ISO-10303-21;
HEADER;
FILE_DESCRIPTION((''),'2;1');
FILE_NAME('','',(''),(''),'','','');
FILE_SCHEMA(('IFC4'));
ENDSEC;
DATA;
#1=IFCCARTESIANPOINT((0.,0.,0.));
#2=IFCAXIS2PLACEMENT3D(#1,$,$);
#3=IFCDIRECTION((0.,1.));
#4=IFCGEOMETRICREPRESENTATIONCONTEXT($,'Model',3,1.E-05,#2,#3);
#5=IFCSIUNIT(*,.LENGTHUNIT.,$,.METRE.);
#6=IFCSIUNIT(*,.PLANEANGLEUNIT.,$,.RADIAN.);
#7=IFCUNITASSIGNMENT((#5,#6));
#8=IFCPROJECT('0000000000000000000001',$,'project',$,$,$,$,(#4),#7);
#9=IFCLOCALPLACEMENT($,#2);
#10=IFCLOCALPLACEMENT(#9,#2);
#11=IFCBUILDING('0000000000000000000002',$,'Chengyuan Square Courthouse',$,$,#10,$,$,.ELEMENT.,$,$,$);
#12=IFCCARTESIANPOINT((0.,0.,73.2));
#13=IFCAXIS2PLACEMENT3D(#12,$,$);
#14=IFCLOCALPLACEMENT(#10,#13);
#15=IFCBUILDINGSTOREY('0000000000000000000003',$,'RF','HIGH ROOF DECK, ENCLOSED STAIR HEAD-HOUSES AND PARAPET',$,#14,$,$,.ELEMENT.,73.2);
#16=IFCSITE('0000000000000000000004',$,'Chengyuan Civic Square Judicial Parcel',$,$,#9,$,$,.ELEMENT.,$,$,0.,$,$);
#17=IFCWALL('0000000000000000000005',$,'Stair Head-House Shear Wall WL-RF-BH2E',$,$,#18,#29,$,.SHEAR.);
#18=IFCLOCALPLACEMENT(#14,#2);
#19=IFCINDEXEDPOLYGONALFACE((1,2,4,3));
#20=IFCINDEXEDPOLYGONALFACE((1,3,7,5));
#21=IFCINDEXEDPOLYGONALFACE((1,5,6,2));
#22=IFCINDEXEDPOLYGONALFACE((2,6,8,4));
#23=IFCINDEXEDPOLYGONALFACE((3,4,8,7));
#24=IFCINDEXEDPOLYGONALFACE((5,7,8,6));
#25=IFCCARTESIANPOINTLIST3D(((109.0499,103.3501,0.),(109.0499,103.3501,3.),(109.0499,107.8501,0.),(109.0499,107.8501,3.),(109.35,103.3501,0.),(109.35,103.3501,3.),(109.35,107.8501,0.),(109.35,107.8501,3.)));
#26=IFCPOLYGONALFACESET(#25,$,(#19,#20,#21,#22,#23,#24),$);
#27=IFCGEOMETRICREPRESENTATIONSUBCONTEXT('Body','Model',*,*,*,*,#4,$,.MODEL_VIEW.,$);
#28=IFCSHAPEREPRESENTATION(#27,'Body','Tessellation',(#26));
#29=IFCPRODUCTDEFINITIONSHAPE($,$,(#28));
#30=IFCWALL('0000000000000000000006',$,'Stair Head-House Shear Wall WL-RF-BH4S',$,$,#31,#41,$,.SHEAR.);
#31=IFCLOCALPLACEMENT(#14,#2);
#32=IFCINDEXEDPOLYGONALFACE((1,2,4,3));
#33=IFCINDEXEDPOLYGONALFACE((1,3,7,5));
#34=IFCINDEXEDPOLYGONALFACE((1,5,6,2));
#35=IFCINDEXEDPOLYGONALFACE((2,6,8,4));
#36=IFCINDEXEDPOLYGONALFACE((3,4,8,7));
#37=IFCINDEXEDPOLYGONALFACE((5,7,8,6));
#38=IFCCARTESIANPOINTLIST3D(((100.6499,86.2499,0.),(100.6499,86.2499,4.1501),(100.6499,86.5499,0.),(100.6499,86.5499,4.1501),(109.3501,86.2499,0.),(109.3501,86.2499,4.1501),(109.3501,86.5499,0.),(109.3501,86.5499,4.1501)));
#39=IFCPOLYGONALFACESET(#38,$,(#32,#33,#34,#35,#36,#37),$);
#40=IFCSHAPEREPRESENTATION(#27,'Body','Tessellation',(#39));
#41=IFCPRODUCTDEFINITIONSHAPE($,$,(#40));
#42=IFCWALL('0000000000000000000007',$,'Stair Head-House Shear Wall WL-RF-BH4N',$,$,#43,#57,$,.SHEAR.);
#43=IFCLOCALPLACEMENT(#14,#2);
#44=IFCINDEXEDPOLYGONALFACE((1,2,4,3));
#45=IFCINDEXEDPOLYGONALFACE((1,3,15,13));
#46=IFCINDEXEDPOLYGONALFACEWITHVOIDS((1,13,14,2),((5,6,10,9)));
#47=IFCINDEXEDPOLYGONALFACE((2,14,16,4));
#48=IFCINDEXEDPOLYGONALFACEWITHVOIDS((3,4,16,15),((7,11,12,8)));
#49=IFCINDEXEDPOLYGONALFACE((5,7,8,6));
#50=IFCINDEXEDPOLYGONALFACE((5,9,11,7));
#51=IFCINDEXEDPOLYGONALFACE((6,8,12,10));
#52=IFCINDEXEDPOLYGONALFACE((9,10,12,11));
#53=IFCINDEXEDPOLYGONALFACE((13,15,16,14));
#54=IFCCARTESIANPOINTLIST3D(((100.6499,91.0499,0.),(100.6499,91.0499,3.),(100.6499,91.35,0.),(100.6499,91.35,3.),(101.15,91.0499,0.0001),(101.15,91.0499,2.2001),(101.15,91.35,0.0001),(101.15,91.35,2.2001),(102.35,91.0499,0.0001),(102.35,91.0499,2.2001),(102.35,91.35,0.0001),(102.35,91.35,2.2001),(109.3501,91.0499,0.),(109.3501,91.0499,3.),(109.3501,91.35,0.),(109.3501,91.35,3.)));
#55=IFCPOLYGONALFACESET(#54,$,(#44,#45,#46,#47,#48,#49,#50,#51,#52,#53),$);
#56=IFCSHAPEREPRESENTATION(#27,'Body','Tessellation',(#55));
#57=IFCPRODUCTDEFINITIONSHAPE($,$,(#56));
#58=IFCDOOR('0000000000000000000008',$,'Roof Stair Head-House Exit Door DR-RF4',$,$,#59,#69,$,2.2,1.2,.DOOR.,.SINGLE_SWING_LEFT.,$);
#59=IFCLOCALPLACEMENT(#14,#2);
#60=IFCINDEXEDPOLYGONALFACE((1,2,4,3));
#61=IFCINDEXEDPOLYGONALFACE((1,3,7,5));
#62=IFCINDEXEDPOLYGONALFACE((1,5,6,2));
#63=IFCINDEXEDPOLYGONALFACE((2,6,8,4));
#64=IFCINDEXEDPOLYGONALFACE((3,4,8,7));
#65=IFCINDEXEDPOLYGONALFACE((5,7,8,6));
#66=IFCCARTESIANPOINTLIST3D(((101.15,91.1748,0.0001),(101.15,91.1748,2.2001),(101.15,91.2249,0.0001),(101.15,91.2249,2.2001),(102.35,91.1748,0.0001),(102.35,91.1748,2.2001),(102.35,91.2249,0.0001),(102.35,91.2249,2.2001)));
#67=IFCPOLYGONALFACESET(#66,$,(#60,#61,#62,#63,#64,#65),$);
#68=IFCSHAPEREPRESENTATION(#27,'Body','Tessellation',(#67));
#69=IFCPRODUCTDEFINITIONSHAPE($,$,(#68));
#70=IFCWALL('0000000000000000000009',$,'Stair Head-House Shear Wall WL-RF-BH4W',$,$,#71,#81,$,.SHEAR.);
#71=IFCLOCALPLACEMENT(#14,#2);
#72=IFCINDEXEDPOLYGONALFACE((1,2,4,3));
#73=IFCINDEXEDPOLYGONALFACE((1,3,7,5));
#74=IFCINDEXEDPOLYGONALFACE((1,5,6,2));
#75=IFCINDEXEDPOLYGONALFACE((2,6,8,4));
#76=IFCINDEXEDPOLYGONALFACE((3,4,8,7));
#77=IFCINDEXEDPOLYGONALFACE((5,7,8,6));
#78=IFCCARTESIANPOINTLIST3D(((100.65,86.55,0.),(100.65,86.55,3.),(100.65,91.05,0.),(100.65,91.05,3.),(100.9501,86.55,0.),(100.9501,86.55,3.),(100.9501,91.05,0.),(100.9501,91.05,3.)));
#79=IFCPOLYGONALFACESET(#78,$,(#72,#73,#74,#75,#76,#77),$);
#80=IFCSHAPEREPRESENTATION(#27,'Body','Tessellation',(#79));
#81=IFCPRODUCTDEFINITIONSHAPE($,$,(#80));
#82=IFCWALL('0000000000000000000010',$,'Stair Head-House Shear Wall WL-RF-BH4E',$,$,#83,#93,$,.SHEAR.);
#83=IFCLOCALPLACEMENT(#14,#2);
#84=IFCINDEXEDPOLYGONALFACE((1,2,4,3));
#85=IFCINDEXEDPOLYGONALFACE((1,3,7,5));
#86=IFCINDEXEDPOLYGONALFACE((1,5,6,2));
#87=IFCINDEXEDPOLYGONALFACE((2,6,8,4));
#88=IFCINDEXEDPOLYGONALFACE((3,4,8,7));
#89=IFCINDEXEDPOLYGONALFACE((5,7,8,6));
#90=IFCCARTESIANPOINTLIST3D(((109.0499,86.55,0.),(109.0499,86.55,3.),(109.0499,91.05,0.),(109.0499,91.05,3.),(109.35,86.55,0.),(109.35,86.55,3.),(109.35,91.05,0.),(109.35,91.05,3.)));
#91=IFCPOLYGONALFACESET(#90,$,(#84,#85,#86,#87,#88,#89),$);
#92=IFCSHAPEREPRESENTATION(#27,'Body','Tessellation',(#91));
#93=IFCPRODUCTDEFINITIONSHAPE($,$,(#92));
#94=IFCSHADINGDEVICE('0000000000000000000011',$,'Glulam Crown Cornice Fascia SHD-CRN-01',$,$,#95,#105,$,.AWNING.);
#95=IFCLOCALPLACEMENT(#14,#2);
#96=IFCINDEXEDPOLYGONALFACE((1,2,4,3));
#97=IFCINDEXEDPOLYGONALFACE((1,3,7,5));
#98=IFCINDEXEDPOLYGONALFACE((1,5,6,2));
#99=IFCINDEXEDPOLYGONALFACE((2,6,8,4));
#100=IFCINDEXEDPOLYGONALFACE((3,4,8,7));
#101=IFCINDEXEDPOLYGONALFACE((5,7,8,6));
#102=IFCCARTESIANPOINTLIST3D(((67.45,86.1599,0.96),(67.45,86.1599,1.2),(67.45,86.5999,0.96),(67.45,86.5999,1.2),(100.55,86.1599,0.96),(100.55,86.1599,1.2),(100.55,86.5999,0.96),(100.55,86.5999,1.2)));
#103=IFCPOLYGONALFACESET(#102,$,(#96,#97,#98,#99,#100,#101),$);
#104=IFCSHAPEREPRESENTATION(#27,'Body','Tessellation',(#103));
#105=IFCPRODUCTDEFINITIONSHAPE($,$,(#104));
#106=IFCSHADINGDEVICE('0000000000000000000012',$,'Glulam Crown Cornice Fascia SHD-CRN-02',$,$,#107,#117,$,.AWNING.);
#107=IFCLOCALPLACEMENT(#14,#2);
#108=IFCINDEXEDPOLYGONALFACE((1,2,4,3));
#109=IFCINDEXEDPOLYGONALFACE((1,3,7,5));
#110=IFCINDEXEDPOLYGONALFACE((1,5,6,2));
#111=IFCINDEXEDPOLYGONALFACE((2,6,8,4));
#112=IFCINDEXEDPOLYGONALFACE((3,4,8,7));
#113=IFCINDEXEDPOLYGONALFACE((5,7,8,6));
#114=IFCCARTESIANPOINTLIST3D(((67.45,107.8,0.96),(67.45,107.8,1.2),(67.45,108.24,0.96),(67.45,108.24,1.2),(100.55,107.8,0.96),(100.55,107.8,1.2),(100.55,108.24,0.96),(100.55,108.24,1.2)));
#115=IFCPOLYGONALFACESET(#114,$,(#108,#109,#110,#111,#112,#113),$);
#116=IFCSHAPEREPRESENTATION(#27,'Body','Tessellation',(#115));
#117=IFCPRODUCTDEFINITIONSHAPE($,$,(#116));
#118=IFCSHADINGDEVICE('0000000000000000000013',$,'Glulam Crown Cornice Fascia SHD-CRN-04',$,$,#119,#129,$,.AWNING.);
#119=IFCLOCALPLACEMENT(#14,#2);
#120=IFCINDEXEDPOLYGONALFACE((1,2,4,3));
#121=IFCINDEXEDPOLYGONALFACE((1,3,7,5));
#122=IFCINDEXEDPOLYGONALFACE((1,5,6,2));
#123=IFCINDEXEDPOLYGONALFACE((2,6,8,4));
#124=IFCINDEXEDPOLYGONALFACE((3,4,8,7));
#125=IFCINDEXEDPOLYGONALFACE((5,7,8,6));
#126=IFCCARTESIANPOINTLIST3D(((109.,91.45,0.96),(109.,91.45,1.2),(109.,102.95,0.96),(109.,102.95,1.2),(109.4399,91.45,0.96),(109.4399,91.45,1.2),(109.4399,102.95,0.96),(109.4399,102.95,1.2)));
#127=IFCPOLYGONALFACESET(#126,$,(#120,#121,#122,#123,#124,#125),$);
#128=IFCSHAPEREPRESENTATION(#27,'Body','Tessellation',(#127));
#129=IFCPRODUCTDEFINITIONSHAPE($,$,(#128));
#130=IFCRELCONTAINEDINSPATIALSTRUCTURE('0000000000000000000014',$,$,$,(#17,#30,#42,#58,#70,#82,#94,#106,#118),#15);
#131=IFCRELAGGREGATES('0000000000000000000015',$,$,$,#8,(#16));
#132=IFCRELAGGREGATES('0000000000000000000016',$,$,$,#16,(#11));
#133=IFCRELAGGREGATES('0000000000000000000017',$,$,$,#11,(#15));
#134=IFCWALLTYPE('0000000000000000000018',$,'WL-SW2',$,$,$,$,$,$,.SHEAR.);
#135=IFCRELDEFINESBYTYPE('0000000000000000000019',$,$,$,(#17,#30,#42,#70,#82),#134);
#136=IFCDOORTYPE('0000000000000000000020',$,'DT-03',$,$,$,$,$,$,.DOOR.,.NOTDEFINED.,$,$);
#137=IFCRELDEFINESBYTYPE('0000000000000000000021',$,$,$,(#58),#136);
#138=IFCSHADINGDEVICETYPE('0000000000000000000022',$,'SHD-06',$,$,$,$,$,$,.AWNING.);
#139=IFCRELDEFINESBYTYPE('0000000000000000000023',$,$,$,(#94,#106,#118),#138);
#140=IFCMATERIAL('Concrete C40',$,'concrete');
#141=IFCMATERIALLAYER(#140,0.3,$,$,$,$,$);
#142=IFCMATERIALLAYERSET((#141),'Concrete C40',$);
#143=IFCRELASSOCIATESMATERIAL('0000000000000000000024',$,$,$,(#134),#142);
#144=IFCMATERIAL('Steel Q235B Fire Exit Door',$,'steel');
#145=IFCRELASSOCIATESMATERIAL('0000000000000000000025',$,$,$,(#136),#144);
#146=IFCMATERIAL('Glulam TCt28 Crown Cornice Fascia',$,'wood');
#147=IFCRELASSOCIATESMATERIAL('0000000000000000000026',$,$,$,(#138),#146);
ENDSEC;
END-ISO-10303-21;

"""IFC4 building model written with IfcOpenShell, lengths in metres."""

from ifc_helpers import new_model, si_unit, direction, frame, frame_2d, origin, origin_2d, place, context, subcontext, project, spatial, rectangle, extrude, material, layer, layer_set, type_object, element, fill, save


model = new_model("IFC4")

# Units and contexts
model_context = context("Model", 3, precision=1e-05, world=origin(), true_north=direction((0.0, 1.0)))
body_context = subcontext(model_context, "Body", "Model", "MODEL_VIEW")
ifc_project = project(units=[si_unit("LENGTHUNIT", "METRE"), si_unit("PLANEANGLEUNIT", "RADIAN")], contexts=[model_context])

# Site, building, storey
site_placement = place(None, origin())
site = spatial("IfcSite", under=ifc_project, at=site_placement, Name="Chengyuan Civic Square Judicial Parcel", CompositionType="ELEMENT", RefElevation=0.0)
building_placement = place(site_placement, origin())
building = spatial("IfcBuilding", under=site, at=building_placement, Name="Chengyuan Square Courthouse", CompositionType="ELEMENT")
storey_placement = place(building_placement, frame((0.0, 0.0, 73.2)))
storey = spatial("IfcBuildingStorey", under=building, at=storey_placement, Name="RF", Description="HIGH ROOF DECK, ENCLOSED STAIR HEAD-HOUSES AND PARAPET", CompositionType="ELEMENT", Elevation=73.2)

# Shared definitions
ifc_material_1 = material(Name="Concrete C40", Category="concrete")

# Shared definitions
ifc_layer_1 = layer(ifc_material_1, 0.3)
ifc_layer_set_1 = layer_set([ifc_layer_1], Name="Concrete C40")
wall_type_1 = type_object("IfcWallType", Name="WL-SW2", PredefinedType="SHEAR", material=ifc_layer_set_1)
ifc_material_2 = material(Name="Steel Q235B Fire Exit Door", Category="steel")
door_type_1 = type_object("IfcDoorType", Name="DT-03", OperationType="NOTDEFINED", PredefinedType="DOOR", material=ifc_material_2)

# Walls
for number, where, z_axis, x_axis, name in (
    (1, (109.2, 103.3501, 0.0), (0.0, 0.0, 1.0), (0.0, 1.0, 0.0), "Stair Head-House Shear Wall WL-RF-BH2E"),
):
    element("IfcWall", number, at=place(storey_placement, frame(where, z_axis=z_axis, x_axis=x_axis)), inside=storey, type_object=wall_type_1, Name=name, PredefinedType="SHEAR", context=body_context, shape_type="SweptSolid", body=[
        extrude(rectangle(XDim=4.5, YDim=0.3, at=frame_2d((2.25, 0.0))), origin(), (0.0, 0.0, 1.0), 3.0),
    ])
wall_1_placement = place(storey_placement, frame((100.6499, 86.3999, 0.0), z_axis=(0.0, 0.0, 1.0), x_axis=(1.0, 0.0, 0.0)))
element("IfcWall", 2, at=wall_1_placement, inside=storey, type_object=wall_type_1, Name="Stair Head-House Shear Wall WL-RF-BH4S", PredefinedType="SHEAR", context=body_context, shape_type="SweptSolid", body=[
    extrude(rectangle(XDim=8.7002, YDim=0.3, at=frame_2d((4.3501, 0.0))), origin(), (0.0, 0.0, 1.0), 4.1501),
])

# Wall, opening, door
wall_2_placement = place(storey_placement, frame((100.6499, 91.2, 0.0), z_axis=(0.0, 0.0, 1.0), x_axis=(1.0, 0.0, 0.0)))
wall_2 = element("IfcWall", 3, at=wall_2_placement, inside=storey, type_object=wall_type_1, Name="Stair Head-House Shear Wall WL-RF-BH4N", PredefinedType="SHEAR", context=body_context, shape_type="SweptSolid", body=[
    extrude(rectangle(XDim=8.7002, YDim=0.3, at=frame_2d((4.3501, 0.0))), origin(), (0.0, 0.0, 1.0), 3.0),
])
opening_1_placement = place(wall_2_placement, frame((0.5, 0.0, 0.0)))
opening_1 = element("IfcOpeningElement", 4, at=opening_1_placement, cuts=wall_2, PredefinedType="OPENING", context=body_context, shape_type="SweptSolid", body=[
    extrude(rectangle(XDim=1.2, YDim=2.2, at=frame_2d((0.6001, 1.1001))), frame((0.0, 0.1621, 0.0), z_axis=(0.0, -1.0, 0.0), x_axis=(1.0, 0.0, 0.0)), (0.0, 0.0, 1.0), 0.324),
])
door_1_placement = place(opening_1_placement, origin())
door_1 = element("IfcDoor", 5, at=door_1_placement, inside=storey, type_object=door_type_1, Name="Roof Stair Head-House Exit Door DR-RF4", OperationType="SINGLE_SWING_LEFT", OverallHeight=2.2, OverallWidth=1.2, PredefinedType="DOOR", context=body_context, shape_type="SweptSolid", body=[
    extrude(rectangle(XDim=1.2, YDim=2.2, at=frame_2d((0.6001, 1.1001))), frame((0.0, 0.0249, 0.0), z_axis=(0.0, -1.0, 0.0), x_axis=(1.0, 0.0, 0.0)), (0.0, 0.0, 1.0), 0.05),
])
fill(opening_1, door_1)

# Walls
for number, where, z_axis, x_axis, name in (
    (6, (100.8, 86.55, 0.0), (0.0, 0.0, 1.0), (0.0, 1.0, 0.0), "Stair Head-House Shear Wall WL-RF-BH4W"),
    (7, (109.2, 86.55, 0.0), (0.0, 0.0, 1.0), (0.0, 1.0, 0.0), "Stair Head-House Shear Wall WL-RF-BH4E"),
):
    element("IfcWall", number, at=place(storey_placement, frame(where, z_axis=z_axis, x_axis=x_axis)), inside=storey, type_object=wall_type_1, Name=name, PredefinedType="SHEAR", context=body_context, shape_type="SweptSolid", body=[
        extrude(rectangle(XDim=4.5, YDim=0.3, at=frame_2d((2.25, 0.0))), origin(), (0.0, 0.0, 1.0), 3.0),
    ])

# Shading devices
ifc_material_3 = material(Name="Glulam TCt28 Crown Cornice Fascia", Category="wood")
shading_device_type = type_object("IfcShadingDeviceType", Name="SHD-06", PredefinedType="AWNING", material=ifc_material_3)
for number, where, z_axis, x_axis, name in (
    (8, (84.0, 86.3799, 0.96), (0.0, 0.0, 1.0), (1.0, 0.0, 0.0), "Glulam Crown Cornice Fascia SHD-CRN-01"),
    (9, (84.0, 108.02, 0.96), (0.0, 0.0, 1.0), (1.0, 0.0, 0.0), "Glulam Crown Cornice Fascia SHD-CRN-02"),
):
    element("IfcShadingDevice", number, at=place(storey_placement, frame(where, z_axis=z_axis, x_axis=x_axis)), inside=storey, type_object=shading_device_type, Name=name, PredefinedType="AWNING", context=body_context, shape_type="SweptSolid", body=[
        extrude(rectangle(XDim=33.1001, YDim=0.4399, at=origin_2d()), origin(), (0.0, 0.0, 1.0), 0.24),
    ])
shading_device_placement = place(storey_placement, frame((109.22, 97.2, 0.96), z_axis=(0.0, 0.0, 1.0), x_axis=(0.0, 1.0, 0.0)))
element("IfcShadingDevice", 10, at=shading_device_placement, inside=storey, type_object=shading_device_type, Name="Glulam Crown Cornice Fascia SHD-CRN-04", PredefinedType="AWNING", context=body_context, shape_type="SweptSolid", body=[
    extrude(rectangle(XDim=11.5, YDim=0.4399, at=origin_2d()), origin(), (0.0, 0.0, 1.0), 0.24),
])

save(model, "model.ifc")
